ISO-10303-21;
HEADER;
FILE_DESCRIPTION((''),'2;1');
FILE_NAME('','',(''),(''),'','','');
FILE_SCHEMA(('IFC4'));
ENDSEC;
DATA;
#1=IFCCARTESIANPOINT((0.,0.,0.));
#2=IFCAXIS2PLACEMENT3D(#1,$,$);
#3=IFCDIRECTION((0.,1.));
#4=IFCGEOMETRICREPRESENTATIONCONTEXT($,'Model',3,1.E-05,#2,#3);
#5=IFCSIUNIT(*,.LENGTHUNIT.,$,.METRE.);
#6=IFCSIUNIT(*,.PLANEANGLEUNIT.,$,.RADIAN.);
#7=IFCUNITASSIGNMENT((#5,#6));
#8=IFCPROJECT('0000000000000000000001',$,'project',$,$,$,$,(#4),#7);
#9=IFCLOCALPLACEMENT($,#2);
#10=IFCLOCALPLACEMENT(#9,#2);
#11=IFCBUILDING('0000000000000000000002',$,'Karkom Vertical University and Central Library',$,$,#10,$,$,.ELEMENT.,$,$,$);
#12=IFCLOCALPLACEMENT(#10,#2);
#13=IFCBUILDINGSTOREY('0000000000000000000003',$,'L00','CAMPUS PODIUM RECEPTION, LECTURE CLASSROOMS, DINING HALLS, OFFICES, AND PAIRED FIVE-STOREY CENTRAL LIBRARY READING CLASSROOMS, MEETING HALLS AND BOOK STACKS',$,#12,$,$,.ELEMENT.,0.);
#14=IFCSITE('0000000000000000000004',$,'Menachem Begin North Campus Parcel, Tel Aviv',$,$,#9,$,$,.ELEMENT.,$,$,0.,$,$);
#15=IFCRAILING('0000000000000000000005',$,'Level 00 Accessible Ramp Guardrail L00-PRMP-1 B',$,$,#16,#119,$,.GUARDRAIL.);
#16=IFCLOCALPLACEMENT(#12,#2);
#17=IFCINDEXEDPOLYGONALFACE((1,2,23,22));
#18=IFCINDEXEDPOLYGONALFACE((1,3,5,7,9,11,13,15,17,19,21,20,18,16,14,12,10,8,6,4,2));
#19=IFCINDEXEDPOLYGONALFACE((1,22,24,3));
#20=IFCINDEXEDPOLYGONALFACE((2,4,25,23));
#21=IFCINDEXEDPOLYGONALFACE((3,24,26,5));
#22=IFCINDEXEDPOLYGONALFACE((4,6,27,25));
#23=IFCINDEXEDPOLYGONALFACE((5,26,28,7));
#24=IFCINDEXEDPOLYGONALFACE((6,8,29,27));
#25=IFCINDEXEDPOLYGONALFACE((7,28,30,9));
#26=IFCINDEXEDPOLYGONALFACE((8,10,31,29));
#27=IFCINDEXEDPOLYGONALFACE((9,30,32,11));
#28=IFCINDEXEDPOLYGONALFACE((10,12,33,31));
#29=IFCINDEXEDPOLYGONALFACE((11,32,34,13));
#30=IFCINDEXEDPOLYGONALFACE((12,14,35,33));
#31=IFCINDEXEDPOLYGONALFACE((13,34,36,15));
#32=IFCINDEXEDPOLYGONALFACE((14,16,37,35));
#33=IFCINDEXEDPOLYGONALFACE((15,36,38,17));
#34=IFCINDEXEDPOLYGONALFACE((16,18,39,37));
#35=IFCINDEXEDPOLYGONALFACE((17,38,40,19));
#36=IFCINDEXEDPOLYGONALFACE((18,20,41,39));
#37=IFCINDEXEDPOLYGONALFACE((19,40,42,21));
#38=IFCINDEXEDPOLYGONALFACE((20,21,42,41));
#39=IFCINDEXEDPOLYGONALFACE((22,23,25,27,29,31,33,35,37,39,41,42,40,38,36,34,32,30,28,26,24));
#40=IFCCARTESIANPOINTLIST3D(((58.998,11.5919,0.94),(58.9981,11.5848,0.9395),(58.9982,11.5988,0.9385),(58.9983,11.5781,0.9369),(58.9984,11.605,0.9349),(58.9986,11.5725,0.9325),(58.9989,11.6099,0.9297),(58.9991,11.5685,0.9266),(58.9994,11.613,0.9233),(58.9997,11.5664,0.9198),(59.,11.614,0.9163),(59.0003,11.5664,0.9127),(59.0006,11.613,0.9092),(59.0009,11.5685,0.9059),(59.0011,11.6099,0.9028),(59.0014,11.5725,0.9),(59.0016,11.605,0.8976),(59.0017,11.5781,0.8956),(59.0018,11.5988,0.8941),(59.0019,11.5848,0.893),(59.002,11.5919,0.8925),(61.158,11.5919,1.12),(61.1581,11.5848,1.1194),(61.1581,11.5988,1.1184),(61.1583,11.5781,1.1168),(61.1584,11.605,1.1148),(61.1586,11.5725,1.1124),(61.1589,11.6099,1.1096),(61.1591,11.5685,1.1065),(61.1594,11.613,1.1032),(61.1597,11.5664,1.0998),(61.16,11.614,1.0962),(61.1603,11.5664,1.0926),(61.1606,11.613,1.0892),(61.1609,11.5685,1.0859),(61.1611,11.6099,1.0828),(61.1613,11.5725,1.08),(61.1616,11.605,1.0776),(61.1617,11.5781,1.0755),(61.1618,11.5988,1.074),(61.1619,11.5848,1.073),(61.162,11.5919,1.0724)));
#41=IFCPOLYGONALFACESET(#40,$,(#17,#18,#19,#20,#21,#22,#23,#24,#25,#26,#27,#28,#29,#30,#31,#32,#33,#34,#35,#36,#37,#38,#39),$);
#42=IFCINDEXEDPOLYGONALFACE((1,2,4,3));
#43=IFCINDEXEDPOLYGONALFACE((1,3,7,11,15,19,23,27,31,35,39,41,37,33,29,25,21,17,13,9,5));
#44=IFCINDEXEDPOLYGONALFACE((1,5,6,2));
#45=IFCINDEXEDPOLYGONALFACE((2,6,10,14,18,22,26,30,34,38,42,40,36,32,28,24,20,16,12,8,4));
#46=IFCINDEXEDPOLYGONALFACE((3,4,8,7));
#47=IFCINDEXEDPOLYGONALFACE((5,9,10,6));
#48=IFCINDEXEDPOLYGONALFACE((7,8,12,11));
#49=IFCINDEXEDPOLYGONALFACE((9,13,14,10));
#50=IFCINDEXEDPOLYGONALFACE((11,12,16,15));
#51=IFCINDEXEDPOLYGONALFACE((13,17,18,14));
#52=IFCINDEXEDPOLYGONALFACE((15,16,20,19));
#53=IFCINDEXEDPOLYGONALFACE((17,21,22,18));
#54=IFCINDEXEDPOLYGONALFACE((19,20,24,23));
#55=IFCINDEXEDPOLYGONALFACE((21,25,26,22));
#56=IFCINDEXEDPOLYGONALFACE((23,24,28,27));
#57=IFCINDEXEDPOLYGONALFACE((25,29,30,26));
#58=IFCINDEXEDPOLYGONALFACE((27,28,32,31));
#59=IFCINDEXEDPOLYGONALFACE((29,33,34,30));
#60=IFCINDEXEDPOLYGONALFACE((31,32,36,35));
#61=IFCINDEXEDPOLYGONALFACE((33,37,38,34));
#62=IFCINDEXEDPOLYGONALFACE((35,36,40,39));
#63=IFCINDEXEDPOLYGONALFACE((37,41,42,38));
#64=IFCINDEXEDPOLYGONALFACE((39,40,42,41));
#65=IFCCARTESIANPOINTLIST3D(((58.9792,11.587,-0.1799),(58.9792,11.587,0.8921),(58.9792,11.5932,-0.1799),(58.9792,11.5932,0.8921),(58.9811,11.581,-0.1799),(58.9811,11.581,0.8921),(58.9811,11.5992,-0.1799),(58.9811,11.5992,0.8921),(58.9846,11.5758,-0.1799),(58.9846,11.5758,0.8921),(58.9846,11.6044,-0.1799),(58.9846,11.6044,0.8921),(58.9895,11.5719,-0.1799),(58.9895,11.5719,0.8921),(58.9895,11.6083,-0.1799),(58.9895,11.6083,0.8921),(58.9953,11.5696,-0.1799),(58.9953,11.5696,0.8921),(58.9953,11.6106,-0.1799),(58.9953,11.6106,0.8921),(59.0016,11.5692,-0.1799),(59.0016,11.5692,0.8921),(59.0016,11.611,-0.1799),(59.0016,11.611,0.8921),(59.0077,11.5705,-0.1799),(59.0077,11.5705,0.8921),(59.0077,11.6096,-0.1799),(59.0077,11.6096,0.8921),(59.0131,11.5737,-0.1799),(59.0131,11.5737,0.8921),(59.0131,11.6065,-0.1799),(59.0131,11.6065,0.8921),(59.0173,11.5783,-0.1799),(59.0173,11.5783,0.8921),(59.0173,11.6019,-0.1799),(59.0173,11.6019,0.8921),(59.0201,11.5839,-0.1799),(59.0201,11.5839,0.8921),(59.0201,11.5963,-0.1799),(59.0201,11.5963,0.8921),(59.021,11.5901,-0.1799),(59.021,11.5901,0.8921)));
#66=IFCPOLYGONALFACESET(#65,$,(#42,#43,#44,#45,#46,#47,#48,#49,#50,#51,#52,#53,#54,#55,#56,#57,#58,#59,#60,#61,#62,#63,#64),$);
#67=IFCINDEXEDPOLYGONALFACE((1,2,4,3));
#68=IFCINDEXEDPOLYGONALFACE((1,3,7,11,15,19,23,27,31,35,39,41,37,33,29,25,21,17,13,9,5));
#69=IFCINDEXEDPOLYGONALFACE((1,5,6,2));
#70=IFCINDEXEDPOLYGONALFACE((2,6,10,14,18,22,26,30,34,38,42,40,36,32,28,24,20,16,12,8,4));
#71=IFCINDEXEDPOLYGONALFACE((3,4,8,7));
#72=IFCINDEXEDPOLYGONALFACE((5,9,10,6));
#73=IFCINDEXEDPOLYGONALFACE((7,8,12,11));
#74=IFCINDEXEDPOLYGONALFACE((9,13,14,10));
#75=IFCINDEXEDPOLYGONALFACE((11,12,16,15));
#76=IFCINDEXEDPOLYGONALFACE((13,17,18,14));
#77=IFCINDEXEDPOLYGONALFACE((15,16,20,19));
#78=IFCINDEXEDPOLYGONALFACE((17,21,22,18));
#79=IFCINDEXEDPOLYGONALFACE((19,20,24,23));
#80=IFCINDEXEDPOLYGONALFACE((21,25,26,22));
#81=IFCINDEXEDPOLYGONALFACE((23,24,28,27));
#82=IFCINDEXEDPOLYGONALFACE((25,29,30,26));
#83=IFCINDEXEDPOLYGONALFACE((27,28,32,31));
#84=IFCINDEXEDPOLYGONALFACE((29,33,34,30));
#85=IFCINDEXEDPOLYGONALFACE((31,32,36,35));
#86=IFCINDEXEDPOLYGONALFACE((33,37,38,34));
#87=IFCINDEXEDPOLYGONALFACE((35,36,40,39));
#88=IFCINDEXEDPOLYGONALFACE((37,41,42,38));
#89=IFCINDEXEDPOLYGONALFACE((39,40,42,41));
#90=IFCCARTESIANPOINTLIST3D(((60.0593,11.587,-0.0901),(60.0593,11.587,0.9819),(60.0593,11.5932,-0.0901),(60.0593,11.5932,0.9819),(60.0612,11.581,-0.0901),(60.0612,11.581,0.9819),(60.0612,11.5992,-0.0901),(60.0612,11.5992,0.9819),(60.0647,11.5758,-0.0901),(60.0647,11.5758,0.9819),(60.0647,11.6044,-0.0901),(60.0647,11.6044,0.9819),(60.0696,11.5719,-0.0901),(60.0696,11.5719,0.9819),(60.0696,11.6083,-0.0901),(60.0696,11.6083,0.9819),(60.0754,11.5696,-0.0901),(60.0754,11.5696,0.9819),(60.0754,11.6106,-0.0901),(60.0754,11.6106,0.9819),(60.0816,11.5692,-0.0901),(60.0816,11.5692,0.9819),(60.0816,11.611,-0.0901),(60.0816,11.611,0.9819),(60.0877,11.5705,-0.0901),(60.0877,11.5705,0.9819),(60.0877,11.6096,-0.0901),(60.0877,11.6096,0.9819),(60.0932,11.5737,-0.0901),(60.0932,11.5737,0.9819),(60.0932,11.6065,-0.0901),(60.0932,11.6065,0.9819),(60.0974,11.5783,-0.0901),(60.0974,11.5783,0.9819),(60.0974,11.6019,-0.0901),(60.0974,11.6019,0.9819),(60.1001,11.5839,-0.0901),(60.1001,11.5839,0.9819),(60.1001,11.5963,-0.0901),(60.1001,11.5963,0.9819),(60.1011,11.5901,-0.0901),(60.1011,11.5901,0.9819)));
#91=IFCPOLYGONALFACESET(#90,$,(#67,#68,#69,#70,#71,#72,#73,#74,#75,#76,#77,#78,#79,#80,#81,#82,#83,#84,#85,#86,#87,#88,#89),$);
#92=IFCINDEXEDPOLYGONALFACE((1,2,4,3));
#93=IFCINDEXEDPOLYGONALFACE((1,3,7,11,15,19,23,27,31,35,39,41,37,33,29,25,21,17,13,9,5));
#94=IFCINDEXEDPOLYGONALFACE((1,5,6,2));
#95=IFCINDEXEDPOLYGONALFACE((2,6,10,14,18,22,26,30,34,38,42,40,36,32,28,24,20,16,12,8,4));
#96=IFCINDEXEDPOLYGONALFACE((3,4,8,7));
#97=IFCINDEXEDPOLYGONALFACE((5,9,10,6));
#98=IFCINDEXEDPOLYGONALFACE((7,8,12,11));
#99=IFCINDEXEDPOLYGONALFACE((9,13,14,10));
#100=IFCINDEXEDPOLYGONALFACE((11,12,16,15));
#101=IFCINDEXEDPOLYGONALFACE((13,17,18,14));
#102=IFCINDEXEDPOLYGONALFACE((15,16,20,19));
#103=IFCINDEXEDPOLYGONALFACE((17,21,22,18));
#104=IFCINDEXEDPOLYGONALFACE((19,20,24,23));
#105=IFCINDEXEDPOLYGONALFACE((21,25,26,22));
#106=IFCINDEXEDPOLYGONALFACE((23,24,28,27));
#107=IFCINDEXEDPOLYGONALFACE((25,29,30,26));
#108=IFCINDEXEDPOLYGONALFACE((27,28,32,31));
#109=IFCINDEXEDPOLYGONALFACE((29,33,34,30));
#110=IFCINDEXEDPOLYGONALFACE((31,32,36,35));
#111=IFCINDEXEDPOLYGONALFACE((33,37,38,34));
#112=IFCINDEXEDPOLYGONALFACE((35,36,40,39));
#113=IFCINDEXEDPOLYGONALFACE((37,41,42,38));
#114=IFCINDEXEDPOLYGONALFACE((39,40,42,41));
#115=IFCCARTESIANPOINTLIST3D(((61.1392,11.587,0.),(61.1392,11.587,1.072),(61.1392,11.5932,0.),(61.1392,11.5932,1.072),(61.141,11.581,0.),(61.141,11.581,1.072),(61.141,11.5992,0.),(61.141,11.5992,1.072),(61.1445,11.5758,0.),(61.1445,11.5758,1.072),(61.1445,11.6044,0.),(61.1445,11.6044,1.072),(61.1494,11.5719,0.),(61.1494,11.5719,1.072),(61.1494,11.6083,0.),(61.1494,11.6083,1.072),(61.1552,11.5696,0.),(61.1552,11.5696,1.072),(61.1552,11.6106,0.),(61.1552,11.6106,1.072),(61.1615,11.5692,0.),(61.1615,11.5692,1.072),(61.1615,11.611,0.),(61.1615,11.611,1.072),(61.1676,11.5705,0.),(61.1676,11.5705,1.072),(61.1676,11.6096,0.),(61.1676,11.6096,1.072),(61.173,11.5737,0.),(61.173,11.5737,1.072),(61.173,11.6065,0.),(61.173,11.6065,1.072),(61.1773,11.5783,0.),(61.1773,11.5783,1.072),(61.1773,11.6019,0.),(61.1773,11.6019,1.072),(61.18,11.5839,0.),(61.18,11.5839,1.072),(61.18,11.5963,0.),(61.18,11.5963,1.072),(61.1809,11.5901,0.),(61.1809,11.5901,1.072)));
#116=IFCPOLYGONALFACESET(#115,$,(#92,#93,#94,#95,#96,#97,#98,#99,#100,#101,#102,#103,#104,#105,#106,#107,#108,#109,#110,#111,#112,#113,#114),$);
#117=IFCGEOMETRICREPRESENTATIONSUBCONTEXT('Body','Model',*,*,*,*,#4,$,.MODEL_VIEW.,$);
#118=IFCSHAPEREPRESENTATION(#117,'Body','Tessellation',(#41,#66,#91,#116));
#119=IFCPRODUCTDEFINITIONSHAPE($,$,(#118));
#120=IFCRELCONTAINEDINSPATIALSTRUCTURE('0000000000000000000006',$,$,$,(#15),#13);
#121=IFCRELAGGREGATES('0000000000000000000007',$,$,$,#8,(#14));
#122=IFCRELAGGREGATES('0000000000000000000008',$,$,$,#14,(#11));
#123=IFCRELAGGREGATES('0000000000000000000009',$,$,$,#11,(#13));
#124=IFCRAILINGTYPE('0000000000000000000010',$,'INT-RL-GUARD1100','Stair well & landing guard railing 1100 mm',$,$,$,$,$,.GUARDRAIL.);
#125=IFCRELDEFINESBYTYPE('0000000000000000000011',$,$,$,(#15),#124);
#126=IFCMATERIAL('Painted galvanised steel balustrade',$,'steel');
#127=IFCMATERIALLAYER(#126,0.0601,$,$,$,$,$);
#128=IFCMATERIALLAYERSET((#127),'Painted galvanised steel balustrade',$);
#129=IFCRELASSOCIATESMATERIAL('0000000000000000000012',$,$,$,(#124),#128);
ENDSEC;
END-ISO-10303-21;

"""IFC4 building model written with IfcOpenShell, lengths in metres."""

from ifc_helpers import new_model, si_unit, direction, frame, origin, origin_2d, place, context, subcontext, project, spatial, circle, extrude, material, layer, layer_set, type_object, element, save


model = new_model("IFC4")

# Units and contexts
model_context = context("Model", 3, precision=1e-05, world=origin(), true_north=direction((0.0, 1.0)))
body_context = subcontext(model_context, "Body", "Model", "MODEL_VIEW")
ifc_project = project(units=[si_unit("LENGTHUNIT", "METRE"), si_unit("PLANEANGLEUNIT", "RADIAN")], contexts=[model_context])

# Site, building, storey
site_placement = place(None, origin())
site = spatial("IfcSite", under=ifc_project, at=site_placement, Name="Menachem Begin North Campus Parcel, Tel Aviv", CompositionType="ELEMENT", RefElevation=0.0)
building_placement = place(site_placement, origin())
building = spatial("IfcBuilding", under=site, at=building_placement, Name="Karkom Vertical University and Central Library", CompositionType="ELEMENT")
storey_placement = place(building_placement, origin())
storey = spatial("IfcBuildingStorey", under=building, at=storey_placement, Name="L00", Description="CAMPUS PODIUM RECEPTION, LECTURE CLASSROOMS, DINING HALLS, OFFICES, AND PAIRED FIVE-STOREY CENTRAL LIBRARY READING CLASSROOMS, MEETING HALLS AND BOOK STACKS", CompositionType="ELEMENT", Elevation=0.0)

# Railing
ifc_material_1 = material(Name="Painted galvanised steel balustrade", Category="steel")
ifc_layer_1 = layer(ifc_material_1, 0.0601)
ifc_layer_set_1 = layer_set([ifc_layer_1], Name="Painted galvanised steel balustrade")
railing_type = type_object("IfcRailingType", Name="INT-RL-GUARD1100", Description="Stair well & landing guard railing 1100 mm", PredefinedType="GUARDRAIL", material=ifc_layer_set_1)
for number, where, name in (
    (1, (59.0, 11.5901, -0.1799), "Level 00 Accessible Ramp Guardrail L00-PRMP-1 B"),
):
    element("IfcRailing", number, at=place(storey_placement, frame(where)), inside=storey, type_object=railing_type, Name=name, PredefinedType="GUARDRAIL", context=body_context, shape_type="SweptSolid", body=[
        extrude(circle(Radius=0.0239, at=origin_2d()), frame((0.0, 0.0, 1.0962), z_axis=(0.996548, 0.0, 0.083018), x_axis=(0.0, 1.0, 0.0)), (0.0, 0.0, 1.0), 2.1675),
        extrude(circle(Radius=0.021, at=origin_2d()), origin(), (0.0, 0.0, 1.0), 1.072),
        extrude(circle(Radius=0.021, at=origin_2d()), frame((1.0801, 0.0, 0.0898)), (0.0, 0.0, 1.0), 1.072),
        extrude(circle(Radius=0.021, at=origin_2d()), frame((2.1599, 0.0, 0.1799)), (0.0, 0.0, 1.0), 1.072),
    ])

save(model, "model.ifc")
